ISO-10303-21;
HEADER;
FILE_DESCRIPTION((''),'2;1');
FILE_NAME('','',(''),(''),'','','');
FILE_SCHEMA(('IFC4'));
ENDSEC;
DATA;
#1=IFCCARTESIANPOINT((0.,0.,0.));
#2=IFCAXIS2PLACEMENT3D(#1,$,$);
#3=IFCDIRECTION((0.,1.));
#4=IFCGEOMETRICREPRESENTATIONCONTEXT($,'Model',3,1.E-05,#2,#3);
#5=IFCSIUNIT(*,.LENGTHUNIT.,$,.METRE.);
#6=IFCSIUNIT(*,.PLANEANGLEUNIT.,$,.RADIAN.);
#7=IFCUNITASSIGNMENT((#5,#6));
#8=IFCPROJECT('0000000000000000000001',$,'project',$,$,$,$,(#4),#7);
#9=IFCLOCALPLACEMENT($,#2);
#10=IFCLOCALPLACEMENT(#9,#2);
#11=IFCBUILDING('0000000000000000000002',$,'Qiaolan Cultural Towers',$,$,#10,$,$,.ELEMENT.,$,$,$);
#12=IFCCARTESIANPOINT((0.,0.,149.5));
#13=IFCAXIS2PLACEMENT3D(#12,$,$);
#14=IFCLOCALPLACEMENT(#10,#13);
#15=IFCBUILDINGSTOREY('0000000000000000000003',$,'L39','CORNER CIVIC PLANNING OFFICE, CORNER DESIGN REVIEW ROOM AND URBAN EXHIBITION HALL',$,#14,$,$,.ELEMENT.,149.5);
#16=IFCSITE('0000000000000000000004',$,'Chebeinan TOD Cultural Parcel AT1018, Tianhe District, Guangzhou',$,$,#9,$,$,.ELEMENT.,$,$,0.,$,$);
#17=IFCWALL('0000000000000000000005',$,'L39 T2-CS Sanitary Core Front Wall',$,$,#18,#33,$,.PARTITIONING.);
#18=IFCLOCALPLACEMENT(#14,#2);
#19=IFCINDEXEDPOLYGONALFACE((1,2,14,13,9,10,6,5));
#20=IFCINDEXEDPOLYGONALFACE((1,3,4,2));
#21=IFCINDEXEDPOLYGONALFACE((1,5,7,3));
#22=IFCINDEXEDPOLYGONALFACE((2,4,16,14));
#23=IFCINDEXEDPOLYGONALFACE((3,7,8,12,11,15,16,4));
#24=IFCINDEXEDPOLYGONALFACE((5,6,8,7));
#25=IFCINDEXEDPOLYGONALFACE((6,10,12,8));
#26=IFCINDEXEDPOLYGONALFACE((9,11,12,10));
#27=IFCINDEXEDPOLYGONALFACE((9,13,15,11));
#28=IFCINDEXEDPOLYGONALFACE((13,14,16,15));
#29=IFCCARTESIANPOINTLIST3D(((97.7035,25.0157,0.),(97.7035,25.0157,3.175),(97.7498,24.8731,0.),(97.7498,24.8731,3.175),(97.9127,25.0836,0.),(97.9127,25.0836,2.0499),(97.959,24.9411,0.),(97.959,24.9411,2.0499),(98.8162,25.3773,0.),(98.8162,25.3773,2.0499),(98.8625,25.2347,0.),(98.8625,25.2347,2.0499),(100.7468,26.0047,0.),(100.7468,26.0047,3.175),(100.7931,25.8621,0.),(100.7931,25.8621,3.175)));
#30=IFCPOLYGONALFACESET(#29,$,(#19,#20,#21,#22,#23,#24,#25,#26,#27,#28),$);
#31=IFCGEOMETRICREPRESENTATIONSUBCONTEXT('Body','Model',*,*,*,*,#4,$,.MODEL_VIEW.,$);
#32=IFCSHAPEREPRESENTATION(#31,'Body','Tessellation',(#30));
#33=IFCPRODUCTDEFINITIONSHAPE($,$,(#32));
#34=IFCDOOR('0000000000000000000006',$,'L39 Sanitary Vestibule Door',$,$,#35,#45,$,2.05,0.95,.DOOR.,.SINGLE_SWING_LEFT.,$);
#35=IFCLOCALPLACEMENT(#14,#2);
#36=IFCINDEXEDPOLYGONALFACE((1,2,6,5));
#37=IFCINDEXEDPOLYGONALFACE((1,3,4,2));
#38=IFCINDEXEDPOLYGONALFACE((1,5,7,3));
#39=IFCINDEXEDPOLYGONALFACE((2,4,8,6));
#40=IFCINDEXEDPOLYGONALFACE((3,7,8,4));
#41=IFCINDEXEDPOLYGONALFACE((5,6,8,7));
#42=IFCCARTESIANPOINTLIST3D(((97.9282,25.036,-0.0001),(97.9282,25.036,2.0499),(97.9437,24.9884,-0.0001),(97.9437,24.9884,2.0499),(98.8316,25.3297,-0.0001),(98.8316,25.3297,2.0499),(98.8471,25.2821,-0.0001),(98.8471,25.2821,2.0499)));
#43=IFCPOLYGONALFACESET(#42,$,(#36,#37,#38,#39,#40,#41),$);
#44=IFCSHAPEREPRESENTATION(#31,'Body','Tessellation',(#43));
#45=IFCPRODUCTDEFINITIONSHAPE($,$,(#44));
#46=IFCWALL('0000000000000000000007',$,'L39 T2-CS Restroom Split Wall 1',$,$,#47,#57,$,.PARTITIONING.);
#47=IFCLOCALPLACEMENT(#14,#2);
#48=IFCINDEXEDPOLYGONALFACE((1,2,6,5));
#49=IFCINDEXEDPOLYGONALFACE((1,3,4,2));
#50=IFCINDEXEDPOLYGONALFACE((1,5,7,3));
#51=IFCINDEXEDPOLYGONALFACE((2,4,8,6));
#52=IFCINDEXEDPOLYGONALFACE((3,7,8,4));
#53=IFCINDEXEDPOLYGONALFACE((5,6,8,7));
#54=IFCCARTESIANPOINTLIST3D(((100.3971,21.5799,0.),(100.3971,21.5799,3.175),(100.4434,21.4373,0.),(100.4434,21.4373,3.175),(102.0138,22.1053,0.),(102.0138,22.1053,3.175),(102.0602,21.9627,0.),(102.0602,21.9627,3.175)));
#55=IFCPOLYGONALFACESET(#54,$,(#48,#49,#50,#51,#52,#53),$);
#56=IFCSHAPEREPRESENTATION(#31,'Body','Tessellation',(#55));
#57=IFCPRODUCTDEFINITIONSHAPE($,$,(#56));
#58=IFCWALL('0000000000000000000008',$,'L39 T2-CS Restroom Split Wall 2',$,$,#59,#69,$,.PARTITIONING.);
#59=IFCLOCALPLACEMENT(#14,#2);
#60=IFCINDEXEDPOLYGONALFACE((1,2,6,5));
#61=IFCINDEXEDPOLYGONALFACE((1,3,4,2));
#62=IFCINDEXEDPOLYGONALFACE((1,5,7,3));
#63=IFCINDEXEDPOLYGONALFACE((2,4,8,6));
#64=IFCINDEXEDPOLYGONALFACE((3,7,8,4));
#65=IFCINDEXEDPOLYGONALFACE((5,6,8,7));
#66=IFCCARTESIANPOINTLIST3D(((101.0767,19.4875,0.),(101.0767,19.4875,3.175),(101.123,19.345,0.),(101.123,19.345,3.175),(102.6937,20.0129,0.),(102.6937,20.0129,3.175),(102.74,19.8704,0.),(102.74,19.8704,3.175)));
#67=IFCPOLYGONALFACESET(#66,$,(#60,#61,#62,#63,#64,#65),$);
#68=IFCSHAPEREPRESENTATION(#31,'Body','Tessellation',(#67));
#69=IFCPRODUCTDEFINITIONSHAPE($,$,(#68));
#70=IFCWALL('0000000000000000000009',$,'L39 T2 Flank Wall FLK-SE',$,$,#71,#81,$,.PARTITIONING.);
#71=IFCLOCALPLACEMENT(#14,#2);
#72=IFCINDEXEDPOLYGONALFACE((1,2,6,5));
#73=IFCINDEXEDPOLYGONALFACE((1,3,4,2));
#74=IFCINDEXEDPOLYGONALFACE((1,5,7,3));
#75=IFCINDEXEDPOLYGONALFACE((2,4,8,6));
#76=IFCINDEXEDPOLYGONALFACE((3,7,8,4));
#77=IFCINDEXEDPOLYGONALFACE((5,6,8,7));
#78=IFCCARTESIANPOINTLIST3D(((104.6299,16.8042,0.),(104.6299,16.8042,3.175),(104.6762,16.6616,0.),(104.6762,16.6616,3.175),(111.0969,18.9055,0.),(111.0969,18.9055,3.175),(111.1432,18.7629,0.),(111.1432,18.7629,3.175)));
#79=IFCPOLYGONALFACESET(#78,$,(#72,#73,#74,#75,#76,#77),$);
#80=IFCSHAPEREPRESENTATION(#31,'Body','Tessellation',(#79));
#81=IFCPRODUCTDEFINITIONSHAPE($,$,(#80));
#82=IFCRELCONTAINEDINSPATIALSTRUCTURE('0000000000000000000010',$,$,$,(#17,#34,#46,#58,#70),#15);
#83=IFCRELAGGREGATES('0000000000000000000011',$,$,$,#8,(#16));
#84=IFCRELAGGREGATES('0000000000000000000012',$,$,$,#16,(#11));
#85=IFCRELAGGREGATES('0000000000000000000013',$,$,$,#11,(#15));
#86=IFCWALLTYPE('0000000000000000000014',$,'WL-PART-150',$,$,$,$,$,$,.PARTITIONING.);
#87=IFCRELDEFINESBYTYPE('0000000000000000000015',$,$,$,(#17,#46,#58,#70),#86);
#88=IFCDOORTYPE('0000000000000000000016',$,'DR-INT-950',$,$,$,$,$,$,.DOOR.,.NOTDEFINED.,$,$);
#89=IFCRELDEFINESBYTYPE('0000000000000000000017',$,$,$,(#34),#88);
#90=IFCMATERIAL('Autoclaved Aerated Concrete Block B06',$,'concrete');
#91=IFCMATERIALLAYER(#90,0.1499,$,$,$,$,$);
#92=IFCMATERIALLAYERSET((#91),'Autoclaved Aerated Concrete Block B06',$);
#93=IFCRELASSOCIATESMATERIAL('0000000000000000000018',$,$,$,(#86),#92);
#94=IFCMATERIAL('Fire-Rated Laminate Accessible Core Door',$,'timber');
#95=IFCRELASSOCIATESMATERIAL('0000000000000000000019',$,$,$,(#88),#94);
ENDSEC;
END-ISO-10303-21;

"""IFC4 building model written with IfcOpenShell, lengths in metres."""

from ifc_helpers import new_model, si_unit, direction, frame, frame_2d, origin, place, context, subcontext, project, spatial, rectangle, extrude, material, layer, layer_set, type_object, element, fill, save


model = new_model("IFC4")

# Units and contexts
model_context = context("Model", 3, precision=1e-05, world=origin(), true_north=direction((0.0, 1.0)))
body_context = subcontext(model_context, "Body", "Model", "MODEL_VIEW")
ifc_project = project(units=[si_unit("LENGTHUNIT", "METRE"), si_unit("PLANEANGLEUNIT", "RADIAN")], contexts=[model_context])

# Site, building, storey
site_placement = place(None, origin())
site = spatial("IfcSite", under=ifc_project, at=site_placement, Name="Chebeinan TOD Cultural Parcel AT1018, Tianhe District, Guangzhou", CompositionType="ELEMENT", RefElevation=0.0)
building_placement = place(site_placement, origin())
building = spatial("IfcBuilding", under=site, at=building_placement, Name="Qiaolan Cultural Towers", CompositionType="ELEMENT")
storey_placement = place(building_placement, frame((0.0, 0.0, 149.5)))
storey = spatial("IfcBuildingStorey", under=building, at=storey_placement, Name="L39", Description="CORNER CIVIC PLANNING OFFICE, CORNER DESIGN REVIEW ROOM AND URBAN EXHIBITION HALL", CompositionType="ELEMENT", Elevation=149.5)

# Shared definitions
ifc_material_1 = material(Name="Autoclaved Aerated Concrete Block B06", Category="concrete")
ifc_layer_1 = layer(ifc_material_1, 0.1499)
ifc_layer_set_1 = layer_set([ifc_layer_1], Name="Autoclaved Aerated Concrete Block B06")
wall_type_1 = type_object("IfcWallType", Name="WL-PART-150", PredefinedType="PARTITIONING", material=ifc_layer_set_1)

# Wall, opening, door
wall_1_placement = place(storey_placement, frame((97.7266, 24.9443, 0.0), z_axis=(0.0, 0.0, 1.0), x_axis=(0.951037, 0.309077, 0.0)))
wall_1 = element("IfcWall", 1, at=wall_1_placement, inside=storey, type_object=wall_type_1, Name="L39 T2-CS Sanitary Core Front Wall", PredefinedType="PARTITIONING", context=body_context, shape_type="SweptSolid", body=[
    extrude(rectangle(XDim=3.2, YDim=0.1499, at=frame_2d((1.6001, 0.0))), origin(), (0.0, 0.0, 1.0), 3.175),
])
opening_1_placement = place(wall_1_placement, frame((0.22, 0.0, 0.0)))
opening_1 = element("IfcOpeningElement", 2, at=opening_1_placement, cuts=wall_1, PredefinedType="OPENING", context=body_context, shape_type="SweptSolid", body=[
    extrude(rectangle(XDim=0.95, YDim=2.05, at=frame_2d((0.4751, 1.0249))), frame((0.0, 0.085, 0.0), z_axis=(0.0, -1.0, 0.0), x_axis=(1.0, 0.0, 0.0)), (0.0, 0.0, 1.0), 0.1699),
])
ifc_material_2 = material(Name="Fire-Rated Laminate Accessible Core Door", Category="timber")
door_type_1 = type_object("IfcDoorType", Name="DR-INT-950", OperationType="NOTDEFINED", PredefinedType="DOOR", material=ifc_material_2)
door_1_placement = place(opening_1_placement, origin())
door_1 = element("IfcDoor", 3, at=door_1_placement, inside=storey, type_object=door_type_1, Name="L39 Sanitary Vestibule Door", OperationType="SINGLE_SWING_LEFT", OverallHeight=2.05, OverallWidth=0.95, PredefinedType="DOOR", context=body_context, shape_type="SweptSolid", body=[
    extrude(rectangle(XDim=0.95, YDim=2.05, at=frame_2d((0.4751, 1.0249))), frame((0.0, 0.0249, 0.0), z_axis=(0.0, -1.0, 0.0), x_axis=(1.0, 0.0, 0.0)), (0.0, 0.0, 1.0), 0.05),
])
fill(opening_1, door_1)

# Walls
wall_2_placement = place(storey_placement, frame((100.4202, 21.5085, 0.0), z_axis=(0.0, 0.0, 1.0), x_axis=(0.95104, 0.309067, 0.0)))
element("IfcWall", 4, at=wall_2_placement, inside=storey, type_object=wall_type_1, Name="L39 T2-CS Restroom Split Wall 1", PredefinedType="PARTITIONING", context=body_context, shape_type="SweptSolid", body=[
    extrude(rectangle(XDim=1.7, YDim=0.1499, at=frame_2d((0.8501, 0.0))), origin(), (0.0, 0.0, 1.0), 3.175),
])
wall_3_placement = place(storey_placement, frame((101.0999, 19.4163, 0.0), z_axis=(0.0, 0.0, 1.0), x_axis=(0.951054, 0.309024, 0.0)))
element("IfcWall", 5, at=wall_3_placement, inside=storey, type_object=wall_type_1, Name="L39 T2-CS Restroom Split Wall 2", PredefinedType="PARTITIONING", context=body_context, shape_type="SweptSolid", body=[
    extrude(rectangle(XDim=1.7002, YDim=0.1499, at=frame_2d((0.8501, 0.0))), origin(), (0.0, 0.0, 1.0), 3.175),
])
wall_4_placement = place(storey_placement, frame((104.6531, 16.7329, 0.0), z_axis=(0.0, 0.0, 1.0), x_axis=(0.951054, 0.309024, 0.0)))
element("IfcWall", 6, at=wall_4_placement, inside=storey, type_object=wall_type_1, Name="L39 T2 Flank Wall FLK-SE", PredefinedType="PARTITIONING", context=body_context, shape_type="SweptSolid", body=[
    extrude(rectangle(XDim=6.7998, YDim=0.1499, at=frame_2d((3.3999, 0.0))), origin(), (0.0, 0.0, 1.0), 3.175),
])

save(model, "model.ifc")
